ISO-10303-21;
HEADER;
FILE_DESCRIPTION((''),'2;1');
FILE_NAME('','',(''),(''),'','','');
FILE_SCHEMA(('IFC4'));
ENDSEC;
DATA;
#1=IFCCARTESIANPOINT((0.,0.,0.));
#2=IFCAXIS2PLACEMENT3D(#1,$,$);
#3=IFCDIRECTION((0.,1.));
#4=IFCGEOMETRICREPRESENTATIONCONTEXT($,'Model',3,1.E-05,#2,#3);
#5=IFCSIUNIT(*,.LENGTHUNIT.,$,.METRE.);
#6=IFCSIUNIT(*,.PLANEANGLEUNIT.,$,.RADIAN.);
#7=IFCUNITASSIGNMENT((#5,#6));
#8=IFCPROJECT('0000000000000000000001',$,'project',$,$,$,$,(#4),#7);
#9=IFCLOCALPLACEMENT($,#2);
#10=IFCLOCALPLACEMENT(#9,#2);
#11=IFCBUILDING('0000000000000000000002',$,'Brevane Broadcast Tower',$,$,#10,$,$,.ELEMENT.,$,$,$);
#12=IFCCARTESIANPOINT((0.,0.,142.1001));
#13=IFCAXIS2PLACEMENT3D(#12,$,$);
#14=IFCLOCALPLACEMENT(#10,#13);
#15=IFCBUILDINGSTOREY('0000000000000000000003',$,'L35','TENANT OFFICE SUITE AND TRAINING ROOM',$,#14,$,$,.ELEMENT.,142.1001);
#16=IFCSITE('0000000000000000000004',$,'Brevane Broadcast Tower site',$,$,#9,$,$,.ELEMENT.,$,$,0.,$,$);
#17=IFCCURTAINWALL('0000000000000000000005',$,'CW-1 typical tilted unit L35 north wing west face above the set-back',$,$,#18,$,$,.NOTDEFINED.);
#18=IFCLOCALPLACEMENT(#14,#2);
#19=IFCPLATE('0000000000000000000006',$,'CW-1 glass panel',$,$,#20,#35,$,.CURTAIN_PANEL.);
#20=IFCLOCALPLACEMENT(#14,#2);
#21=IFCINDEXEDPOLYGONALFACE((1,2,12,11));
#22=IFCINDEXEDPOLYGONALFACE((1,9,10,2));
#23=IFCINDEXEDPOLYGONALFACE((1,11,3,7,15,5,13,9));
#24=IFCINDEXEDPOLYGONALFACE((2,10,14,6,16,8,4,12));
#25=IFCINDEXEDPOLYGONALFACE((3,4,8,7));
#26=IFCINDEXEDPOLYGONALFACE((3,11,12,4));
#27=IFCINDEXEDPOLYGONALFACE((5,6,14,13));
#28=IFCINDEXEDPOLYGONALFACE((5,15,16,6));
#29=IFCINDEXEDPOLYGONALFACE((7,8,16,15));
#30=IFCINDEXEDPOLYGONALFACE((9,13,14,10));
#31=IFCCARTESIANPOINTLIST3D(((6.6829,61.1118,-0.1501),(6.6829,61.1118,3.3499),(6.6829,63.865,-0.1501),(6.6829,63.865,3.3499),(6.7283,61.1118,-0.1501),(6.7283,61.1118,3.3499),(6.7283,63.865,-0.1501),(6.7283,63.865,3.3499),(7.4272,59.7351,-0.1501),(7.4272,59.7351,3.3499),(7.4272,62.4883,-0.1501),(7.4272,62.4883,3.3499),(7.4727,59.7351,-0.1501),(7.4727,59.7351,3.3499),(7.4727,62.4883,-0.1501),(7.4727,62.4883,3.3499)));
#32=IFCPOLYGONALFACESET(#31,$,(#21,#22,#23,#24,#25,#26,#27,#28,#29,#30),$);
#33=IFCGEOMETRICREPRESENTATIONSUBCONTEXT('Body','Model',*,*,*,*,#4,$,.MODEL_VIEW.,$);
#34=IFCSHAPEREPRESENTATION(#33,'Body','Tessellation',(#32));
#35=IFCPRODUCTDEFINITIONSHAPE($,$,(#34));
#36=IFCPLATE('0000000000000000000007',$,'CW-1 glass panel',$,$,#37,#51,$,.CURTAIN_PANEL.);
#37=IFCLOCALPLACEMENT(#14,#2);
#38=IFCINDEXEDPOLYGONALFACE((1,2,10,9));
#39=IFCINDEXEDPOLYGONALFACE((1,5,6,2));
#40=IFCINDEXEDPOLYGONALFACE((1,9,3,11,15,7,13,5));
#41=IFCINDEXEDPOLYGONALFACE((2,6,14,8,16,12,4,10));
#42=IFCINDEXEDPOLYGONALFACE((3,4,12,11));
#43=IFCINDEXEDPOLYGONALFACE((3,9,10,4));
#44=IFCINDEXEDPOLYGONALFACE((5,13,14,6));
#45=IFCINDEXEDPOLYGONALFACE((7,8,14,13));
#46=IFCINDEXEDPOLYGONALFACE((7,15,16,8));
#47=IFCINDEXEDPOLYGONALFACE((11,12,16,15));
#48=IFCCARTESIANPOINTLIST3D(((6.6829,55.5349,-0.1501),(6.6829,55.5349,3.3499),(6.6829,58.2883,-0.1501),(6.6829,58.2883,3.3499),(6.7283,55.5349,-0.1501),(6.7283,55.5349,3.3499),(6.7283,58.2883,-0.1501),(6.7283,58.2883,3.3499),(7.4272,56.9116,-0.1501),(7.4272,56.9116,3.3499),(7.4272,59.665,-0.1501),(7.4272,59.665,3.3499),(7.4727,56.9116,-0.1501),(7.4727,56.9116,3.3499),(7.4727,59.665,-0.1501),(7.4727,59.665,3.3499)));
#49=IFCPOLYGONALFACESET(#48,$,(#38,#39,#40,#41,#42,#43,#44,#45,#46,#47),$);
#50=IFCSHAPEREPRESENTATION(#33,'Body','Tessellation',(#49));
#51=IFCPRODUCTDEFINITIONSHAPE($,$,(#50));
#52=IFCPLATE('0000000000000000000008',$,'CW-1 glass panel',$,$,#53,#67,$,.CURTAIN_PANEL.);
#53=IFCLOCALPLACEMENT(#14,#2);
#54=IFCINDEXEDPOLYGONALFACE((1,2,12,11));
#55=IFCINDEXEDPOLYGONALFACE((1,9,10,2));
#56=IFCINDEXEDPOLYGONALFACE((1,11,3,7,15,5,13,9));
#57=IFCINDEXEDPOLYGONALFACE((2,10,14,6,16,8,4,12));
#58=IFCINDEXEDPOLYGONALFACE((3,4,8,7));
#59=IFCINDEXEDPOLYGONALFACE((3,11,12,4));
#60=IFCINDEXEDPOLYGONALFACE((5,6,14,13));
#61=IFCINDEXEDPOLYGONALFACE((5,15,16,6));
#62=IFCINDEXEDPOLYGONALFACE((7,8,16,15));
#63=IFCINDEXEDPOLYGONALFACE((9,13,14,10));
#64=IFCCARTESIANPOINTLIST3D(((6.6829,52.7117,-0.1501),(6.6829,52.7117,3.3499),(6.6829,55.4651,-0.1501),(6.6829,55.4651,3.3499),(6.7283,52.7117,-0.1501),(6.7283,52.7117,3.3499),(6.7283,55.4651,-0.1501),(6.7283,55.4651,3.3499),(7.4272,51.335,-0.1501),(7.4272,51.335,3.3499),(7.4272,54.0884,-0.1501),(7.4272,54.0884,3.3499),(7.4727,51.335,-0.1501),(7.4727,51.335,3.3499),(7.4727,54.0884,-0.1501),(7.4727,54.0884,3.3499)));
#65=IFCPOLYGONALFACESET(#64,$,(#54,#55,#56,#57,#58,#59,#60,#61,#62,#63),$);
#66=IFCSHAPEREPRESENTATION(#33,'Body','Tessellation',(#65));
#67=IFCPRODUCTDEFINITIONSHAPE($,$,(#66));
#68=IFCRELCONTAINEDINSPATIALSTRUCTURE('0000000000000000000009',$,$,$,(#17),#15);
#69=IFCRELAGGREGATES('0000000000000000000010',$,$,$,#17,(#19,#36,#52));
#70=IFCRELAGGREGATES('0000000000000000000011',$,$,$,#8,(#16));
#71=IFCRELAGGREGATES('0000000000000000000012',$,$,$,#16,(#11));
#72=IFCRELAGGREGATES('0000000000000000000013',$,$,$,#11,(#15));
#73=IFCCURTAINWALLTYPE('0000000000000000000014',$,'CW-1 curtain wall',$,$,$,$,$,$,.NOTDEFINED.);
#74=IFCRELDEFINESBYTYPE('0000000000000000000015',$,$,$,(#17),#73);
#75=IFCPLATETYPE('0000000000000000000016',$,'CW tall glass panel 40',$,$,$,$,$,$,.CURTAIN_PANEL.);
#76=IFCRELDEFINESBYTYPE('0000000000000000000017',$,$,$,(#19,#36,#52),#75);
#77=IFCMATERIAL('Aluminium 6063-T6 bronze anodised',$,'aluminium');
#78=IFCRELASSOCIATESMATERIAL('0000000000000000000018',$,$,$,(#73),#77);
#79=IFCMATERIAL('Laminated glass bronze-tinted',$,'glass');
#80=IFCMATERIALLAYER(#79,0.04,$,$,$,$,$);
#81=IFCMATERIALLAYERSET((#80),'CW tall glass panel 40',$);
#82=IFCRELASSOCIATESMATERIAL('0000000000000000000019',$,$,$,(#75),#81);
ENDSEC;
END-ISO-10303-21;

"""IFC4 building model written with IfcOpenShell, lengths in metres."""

from ifc_helpers import new_model, si_unit, direction, frame, origin, place, context, subcontext, project, spatial, polyline, outline, extrude, material, layer, layer_set, type_object, element, aggregate, save


model = new_model("IFC4")

# Units and contexts
model_context = context("Model", 3, precision=1e-05, world=origin(), true_north=direction((0.0, 1.0)))
body_context = subcontext(model_context, "Body", "Model", "MODEL_VIEW")
ifc_project = project(units=[si_unit("LENGTHUNIT", "METRE"), si_unit("PLANEANGLEUNIT", "RADIAN")], contexts=[model_context])

# Site, building, storey
site_placement = place(None, origin())
site = spatial("IfcSite", under=ifc_project, at=site_placement, Name="Brevane Broadcast Tower site", CompositionType="ELEMENT", RefElevation=0.0)
building_placement = place(site_placement, origin())
building = spatial("IfcBuilding", under=site, at=building_placement, Name="Brevane Broadcast Tower", CompositionType="ELEMENT")
storey_placement = place(building_placement, frame((0.0, 0.0, 142.1001)))
storey = spatial("IfcBuildingStorey", under=building, at=storey_placement, Name="L35", Description="TENANT OFFICE SUITE AND TRAINING ROOM", CompositionType="ELEMENT", Elevation=142.1001)

# Shared definitions
ifc_material_1 = material(Name="Aluminium 6063-T6 bronze anodised", Category="aluminium")
curtain_wall_type = type_object("IfcCurtainWallType", Name="CW-1 curtain wall", PredefinedType="NOTDEFINED", material=ifc_material_1)

# Curtain wall, plates
ifc_material_2 = material(Name="Laminated glass bronze-tinted", Category="glass")
ifc_layer = layer(ifc_material_2, 0.04)
ifc_layer_set = layer_set([ifc_layer], Name="CW tall glass panel 40")
plate_type = type_object("IfcPlateType", Name="CW tall glass panel 40", PredefinedType="CURTAIN_PANEL", material=ifc_layer_set)
curtain_wall_1_placement = place(storey_placement, origin())
curtain_wall_1 = element("IfcCurtainWall", 1, at=curtain_wall_1_placement, inside=storey, type_object=curtain_wall_type, Name="CW-1 typical tilted unit L35 north wing west face above the set-back", PredefinedType="NOTDEFINED")
plate_1_placement = place(storey_placement, frame((0.0, 0.0, -0.1501)))
plate_1 = element("IfcPlate", 2, at=plate_1_placement, type_object=plate_type, Name="CW-1 glass panel", PredefinedType="CURTAIN_PANEL", context=body_context, shape_type="SweptSolid", body=[
    extrude(outline(polyline([(6.7283, 63.865), (6.6829, 63.865), (7.4272, 62.4883), (6.6829, 61.1118), (7.4272, 59.7351), (7.4727, 59.7351), (6.7283, 61.1118), (7.4727, 62.4883), (6.7283, 63.865)])), origin(), (0.0, 0.0, 1.0), 3.5),
])
plate_2_placement = place(storey_placement, frame((0.0, 0.0, -0.1501)))
plate_2 = element("IfcPlate", 3, at=plate_2_placement, type_object=plate_type, Name="CW-1 glass panel", PredefinedType="CURTAIN_PANEL", context=body_context, shape_type="SweptSolid", body=[
    extrude(outline(polyline([(7.4727, 59.665), (7.4272, 59.665), (6.6829, 58.2883), (7.4272, 56.9116), (6.6829, 55.5349), (6.7283, 55.5349), (7.4727, 56.9116), (6.7283, 58.2883), (7.4727, 59.665)])), origin(), (0.0, 0.0, 1.0), 3.5),
])
plate_3_placement = place(storey_placement, frame((0.0, 0.0, -0.1501)))
plate_3 = element("IfcPlate", 4, at=plate_3_placement, type_object=plate_type, Name="CW-1 glass panel", PredefinedType="CURTAIN_PANEL", context=body_context, shape_type="SweptSolid", body=[
    extrude(outline(polyline([(6.7283, 55.4651), (6.6829, 55.4651), (7.4272, 54.0884), (6.6829, 52.7117), (7.4272, 51.335), (7.4727, 51.335), (6.7283, 52.7117), (7.4727, 54.0884), (6.7283, 55.4651)])), origin(), (0.0, 0.0, 1.0), 3.5),
])
aggregate(curtain_wall_1, [plate_1, plate_2, plate_3])

save(model, "model.ifc")
